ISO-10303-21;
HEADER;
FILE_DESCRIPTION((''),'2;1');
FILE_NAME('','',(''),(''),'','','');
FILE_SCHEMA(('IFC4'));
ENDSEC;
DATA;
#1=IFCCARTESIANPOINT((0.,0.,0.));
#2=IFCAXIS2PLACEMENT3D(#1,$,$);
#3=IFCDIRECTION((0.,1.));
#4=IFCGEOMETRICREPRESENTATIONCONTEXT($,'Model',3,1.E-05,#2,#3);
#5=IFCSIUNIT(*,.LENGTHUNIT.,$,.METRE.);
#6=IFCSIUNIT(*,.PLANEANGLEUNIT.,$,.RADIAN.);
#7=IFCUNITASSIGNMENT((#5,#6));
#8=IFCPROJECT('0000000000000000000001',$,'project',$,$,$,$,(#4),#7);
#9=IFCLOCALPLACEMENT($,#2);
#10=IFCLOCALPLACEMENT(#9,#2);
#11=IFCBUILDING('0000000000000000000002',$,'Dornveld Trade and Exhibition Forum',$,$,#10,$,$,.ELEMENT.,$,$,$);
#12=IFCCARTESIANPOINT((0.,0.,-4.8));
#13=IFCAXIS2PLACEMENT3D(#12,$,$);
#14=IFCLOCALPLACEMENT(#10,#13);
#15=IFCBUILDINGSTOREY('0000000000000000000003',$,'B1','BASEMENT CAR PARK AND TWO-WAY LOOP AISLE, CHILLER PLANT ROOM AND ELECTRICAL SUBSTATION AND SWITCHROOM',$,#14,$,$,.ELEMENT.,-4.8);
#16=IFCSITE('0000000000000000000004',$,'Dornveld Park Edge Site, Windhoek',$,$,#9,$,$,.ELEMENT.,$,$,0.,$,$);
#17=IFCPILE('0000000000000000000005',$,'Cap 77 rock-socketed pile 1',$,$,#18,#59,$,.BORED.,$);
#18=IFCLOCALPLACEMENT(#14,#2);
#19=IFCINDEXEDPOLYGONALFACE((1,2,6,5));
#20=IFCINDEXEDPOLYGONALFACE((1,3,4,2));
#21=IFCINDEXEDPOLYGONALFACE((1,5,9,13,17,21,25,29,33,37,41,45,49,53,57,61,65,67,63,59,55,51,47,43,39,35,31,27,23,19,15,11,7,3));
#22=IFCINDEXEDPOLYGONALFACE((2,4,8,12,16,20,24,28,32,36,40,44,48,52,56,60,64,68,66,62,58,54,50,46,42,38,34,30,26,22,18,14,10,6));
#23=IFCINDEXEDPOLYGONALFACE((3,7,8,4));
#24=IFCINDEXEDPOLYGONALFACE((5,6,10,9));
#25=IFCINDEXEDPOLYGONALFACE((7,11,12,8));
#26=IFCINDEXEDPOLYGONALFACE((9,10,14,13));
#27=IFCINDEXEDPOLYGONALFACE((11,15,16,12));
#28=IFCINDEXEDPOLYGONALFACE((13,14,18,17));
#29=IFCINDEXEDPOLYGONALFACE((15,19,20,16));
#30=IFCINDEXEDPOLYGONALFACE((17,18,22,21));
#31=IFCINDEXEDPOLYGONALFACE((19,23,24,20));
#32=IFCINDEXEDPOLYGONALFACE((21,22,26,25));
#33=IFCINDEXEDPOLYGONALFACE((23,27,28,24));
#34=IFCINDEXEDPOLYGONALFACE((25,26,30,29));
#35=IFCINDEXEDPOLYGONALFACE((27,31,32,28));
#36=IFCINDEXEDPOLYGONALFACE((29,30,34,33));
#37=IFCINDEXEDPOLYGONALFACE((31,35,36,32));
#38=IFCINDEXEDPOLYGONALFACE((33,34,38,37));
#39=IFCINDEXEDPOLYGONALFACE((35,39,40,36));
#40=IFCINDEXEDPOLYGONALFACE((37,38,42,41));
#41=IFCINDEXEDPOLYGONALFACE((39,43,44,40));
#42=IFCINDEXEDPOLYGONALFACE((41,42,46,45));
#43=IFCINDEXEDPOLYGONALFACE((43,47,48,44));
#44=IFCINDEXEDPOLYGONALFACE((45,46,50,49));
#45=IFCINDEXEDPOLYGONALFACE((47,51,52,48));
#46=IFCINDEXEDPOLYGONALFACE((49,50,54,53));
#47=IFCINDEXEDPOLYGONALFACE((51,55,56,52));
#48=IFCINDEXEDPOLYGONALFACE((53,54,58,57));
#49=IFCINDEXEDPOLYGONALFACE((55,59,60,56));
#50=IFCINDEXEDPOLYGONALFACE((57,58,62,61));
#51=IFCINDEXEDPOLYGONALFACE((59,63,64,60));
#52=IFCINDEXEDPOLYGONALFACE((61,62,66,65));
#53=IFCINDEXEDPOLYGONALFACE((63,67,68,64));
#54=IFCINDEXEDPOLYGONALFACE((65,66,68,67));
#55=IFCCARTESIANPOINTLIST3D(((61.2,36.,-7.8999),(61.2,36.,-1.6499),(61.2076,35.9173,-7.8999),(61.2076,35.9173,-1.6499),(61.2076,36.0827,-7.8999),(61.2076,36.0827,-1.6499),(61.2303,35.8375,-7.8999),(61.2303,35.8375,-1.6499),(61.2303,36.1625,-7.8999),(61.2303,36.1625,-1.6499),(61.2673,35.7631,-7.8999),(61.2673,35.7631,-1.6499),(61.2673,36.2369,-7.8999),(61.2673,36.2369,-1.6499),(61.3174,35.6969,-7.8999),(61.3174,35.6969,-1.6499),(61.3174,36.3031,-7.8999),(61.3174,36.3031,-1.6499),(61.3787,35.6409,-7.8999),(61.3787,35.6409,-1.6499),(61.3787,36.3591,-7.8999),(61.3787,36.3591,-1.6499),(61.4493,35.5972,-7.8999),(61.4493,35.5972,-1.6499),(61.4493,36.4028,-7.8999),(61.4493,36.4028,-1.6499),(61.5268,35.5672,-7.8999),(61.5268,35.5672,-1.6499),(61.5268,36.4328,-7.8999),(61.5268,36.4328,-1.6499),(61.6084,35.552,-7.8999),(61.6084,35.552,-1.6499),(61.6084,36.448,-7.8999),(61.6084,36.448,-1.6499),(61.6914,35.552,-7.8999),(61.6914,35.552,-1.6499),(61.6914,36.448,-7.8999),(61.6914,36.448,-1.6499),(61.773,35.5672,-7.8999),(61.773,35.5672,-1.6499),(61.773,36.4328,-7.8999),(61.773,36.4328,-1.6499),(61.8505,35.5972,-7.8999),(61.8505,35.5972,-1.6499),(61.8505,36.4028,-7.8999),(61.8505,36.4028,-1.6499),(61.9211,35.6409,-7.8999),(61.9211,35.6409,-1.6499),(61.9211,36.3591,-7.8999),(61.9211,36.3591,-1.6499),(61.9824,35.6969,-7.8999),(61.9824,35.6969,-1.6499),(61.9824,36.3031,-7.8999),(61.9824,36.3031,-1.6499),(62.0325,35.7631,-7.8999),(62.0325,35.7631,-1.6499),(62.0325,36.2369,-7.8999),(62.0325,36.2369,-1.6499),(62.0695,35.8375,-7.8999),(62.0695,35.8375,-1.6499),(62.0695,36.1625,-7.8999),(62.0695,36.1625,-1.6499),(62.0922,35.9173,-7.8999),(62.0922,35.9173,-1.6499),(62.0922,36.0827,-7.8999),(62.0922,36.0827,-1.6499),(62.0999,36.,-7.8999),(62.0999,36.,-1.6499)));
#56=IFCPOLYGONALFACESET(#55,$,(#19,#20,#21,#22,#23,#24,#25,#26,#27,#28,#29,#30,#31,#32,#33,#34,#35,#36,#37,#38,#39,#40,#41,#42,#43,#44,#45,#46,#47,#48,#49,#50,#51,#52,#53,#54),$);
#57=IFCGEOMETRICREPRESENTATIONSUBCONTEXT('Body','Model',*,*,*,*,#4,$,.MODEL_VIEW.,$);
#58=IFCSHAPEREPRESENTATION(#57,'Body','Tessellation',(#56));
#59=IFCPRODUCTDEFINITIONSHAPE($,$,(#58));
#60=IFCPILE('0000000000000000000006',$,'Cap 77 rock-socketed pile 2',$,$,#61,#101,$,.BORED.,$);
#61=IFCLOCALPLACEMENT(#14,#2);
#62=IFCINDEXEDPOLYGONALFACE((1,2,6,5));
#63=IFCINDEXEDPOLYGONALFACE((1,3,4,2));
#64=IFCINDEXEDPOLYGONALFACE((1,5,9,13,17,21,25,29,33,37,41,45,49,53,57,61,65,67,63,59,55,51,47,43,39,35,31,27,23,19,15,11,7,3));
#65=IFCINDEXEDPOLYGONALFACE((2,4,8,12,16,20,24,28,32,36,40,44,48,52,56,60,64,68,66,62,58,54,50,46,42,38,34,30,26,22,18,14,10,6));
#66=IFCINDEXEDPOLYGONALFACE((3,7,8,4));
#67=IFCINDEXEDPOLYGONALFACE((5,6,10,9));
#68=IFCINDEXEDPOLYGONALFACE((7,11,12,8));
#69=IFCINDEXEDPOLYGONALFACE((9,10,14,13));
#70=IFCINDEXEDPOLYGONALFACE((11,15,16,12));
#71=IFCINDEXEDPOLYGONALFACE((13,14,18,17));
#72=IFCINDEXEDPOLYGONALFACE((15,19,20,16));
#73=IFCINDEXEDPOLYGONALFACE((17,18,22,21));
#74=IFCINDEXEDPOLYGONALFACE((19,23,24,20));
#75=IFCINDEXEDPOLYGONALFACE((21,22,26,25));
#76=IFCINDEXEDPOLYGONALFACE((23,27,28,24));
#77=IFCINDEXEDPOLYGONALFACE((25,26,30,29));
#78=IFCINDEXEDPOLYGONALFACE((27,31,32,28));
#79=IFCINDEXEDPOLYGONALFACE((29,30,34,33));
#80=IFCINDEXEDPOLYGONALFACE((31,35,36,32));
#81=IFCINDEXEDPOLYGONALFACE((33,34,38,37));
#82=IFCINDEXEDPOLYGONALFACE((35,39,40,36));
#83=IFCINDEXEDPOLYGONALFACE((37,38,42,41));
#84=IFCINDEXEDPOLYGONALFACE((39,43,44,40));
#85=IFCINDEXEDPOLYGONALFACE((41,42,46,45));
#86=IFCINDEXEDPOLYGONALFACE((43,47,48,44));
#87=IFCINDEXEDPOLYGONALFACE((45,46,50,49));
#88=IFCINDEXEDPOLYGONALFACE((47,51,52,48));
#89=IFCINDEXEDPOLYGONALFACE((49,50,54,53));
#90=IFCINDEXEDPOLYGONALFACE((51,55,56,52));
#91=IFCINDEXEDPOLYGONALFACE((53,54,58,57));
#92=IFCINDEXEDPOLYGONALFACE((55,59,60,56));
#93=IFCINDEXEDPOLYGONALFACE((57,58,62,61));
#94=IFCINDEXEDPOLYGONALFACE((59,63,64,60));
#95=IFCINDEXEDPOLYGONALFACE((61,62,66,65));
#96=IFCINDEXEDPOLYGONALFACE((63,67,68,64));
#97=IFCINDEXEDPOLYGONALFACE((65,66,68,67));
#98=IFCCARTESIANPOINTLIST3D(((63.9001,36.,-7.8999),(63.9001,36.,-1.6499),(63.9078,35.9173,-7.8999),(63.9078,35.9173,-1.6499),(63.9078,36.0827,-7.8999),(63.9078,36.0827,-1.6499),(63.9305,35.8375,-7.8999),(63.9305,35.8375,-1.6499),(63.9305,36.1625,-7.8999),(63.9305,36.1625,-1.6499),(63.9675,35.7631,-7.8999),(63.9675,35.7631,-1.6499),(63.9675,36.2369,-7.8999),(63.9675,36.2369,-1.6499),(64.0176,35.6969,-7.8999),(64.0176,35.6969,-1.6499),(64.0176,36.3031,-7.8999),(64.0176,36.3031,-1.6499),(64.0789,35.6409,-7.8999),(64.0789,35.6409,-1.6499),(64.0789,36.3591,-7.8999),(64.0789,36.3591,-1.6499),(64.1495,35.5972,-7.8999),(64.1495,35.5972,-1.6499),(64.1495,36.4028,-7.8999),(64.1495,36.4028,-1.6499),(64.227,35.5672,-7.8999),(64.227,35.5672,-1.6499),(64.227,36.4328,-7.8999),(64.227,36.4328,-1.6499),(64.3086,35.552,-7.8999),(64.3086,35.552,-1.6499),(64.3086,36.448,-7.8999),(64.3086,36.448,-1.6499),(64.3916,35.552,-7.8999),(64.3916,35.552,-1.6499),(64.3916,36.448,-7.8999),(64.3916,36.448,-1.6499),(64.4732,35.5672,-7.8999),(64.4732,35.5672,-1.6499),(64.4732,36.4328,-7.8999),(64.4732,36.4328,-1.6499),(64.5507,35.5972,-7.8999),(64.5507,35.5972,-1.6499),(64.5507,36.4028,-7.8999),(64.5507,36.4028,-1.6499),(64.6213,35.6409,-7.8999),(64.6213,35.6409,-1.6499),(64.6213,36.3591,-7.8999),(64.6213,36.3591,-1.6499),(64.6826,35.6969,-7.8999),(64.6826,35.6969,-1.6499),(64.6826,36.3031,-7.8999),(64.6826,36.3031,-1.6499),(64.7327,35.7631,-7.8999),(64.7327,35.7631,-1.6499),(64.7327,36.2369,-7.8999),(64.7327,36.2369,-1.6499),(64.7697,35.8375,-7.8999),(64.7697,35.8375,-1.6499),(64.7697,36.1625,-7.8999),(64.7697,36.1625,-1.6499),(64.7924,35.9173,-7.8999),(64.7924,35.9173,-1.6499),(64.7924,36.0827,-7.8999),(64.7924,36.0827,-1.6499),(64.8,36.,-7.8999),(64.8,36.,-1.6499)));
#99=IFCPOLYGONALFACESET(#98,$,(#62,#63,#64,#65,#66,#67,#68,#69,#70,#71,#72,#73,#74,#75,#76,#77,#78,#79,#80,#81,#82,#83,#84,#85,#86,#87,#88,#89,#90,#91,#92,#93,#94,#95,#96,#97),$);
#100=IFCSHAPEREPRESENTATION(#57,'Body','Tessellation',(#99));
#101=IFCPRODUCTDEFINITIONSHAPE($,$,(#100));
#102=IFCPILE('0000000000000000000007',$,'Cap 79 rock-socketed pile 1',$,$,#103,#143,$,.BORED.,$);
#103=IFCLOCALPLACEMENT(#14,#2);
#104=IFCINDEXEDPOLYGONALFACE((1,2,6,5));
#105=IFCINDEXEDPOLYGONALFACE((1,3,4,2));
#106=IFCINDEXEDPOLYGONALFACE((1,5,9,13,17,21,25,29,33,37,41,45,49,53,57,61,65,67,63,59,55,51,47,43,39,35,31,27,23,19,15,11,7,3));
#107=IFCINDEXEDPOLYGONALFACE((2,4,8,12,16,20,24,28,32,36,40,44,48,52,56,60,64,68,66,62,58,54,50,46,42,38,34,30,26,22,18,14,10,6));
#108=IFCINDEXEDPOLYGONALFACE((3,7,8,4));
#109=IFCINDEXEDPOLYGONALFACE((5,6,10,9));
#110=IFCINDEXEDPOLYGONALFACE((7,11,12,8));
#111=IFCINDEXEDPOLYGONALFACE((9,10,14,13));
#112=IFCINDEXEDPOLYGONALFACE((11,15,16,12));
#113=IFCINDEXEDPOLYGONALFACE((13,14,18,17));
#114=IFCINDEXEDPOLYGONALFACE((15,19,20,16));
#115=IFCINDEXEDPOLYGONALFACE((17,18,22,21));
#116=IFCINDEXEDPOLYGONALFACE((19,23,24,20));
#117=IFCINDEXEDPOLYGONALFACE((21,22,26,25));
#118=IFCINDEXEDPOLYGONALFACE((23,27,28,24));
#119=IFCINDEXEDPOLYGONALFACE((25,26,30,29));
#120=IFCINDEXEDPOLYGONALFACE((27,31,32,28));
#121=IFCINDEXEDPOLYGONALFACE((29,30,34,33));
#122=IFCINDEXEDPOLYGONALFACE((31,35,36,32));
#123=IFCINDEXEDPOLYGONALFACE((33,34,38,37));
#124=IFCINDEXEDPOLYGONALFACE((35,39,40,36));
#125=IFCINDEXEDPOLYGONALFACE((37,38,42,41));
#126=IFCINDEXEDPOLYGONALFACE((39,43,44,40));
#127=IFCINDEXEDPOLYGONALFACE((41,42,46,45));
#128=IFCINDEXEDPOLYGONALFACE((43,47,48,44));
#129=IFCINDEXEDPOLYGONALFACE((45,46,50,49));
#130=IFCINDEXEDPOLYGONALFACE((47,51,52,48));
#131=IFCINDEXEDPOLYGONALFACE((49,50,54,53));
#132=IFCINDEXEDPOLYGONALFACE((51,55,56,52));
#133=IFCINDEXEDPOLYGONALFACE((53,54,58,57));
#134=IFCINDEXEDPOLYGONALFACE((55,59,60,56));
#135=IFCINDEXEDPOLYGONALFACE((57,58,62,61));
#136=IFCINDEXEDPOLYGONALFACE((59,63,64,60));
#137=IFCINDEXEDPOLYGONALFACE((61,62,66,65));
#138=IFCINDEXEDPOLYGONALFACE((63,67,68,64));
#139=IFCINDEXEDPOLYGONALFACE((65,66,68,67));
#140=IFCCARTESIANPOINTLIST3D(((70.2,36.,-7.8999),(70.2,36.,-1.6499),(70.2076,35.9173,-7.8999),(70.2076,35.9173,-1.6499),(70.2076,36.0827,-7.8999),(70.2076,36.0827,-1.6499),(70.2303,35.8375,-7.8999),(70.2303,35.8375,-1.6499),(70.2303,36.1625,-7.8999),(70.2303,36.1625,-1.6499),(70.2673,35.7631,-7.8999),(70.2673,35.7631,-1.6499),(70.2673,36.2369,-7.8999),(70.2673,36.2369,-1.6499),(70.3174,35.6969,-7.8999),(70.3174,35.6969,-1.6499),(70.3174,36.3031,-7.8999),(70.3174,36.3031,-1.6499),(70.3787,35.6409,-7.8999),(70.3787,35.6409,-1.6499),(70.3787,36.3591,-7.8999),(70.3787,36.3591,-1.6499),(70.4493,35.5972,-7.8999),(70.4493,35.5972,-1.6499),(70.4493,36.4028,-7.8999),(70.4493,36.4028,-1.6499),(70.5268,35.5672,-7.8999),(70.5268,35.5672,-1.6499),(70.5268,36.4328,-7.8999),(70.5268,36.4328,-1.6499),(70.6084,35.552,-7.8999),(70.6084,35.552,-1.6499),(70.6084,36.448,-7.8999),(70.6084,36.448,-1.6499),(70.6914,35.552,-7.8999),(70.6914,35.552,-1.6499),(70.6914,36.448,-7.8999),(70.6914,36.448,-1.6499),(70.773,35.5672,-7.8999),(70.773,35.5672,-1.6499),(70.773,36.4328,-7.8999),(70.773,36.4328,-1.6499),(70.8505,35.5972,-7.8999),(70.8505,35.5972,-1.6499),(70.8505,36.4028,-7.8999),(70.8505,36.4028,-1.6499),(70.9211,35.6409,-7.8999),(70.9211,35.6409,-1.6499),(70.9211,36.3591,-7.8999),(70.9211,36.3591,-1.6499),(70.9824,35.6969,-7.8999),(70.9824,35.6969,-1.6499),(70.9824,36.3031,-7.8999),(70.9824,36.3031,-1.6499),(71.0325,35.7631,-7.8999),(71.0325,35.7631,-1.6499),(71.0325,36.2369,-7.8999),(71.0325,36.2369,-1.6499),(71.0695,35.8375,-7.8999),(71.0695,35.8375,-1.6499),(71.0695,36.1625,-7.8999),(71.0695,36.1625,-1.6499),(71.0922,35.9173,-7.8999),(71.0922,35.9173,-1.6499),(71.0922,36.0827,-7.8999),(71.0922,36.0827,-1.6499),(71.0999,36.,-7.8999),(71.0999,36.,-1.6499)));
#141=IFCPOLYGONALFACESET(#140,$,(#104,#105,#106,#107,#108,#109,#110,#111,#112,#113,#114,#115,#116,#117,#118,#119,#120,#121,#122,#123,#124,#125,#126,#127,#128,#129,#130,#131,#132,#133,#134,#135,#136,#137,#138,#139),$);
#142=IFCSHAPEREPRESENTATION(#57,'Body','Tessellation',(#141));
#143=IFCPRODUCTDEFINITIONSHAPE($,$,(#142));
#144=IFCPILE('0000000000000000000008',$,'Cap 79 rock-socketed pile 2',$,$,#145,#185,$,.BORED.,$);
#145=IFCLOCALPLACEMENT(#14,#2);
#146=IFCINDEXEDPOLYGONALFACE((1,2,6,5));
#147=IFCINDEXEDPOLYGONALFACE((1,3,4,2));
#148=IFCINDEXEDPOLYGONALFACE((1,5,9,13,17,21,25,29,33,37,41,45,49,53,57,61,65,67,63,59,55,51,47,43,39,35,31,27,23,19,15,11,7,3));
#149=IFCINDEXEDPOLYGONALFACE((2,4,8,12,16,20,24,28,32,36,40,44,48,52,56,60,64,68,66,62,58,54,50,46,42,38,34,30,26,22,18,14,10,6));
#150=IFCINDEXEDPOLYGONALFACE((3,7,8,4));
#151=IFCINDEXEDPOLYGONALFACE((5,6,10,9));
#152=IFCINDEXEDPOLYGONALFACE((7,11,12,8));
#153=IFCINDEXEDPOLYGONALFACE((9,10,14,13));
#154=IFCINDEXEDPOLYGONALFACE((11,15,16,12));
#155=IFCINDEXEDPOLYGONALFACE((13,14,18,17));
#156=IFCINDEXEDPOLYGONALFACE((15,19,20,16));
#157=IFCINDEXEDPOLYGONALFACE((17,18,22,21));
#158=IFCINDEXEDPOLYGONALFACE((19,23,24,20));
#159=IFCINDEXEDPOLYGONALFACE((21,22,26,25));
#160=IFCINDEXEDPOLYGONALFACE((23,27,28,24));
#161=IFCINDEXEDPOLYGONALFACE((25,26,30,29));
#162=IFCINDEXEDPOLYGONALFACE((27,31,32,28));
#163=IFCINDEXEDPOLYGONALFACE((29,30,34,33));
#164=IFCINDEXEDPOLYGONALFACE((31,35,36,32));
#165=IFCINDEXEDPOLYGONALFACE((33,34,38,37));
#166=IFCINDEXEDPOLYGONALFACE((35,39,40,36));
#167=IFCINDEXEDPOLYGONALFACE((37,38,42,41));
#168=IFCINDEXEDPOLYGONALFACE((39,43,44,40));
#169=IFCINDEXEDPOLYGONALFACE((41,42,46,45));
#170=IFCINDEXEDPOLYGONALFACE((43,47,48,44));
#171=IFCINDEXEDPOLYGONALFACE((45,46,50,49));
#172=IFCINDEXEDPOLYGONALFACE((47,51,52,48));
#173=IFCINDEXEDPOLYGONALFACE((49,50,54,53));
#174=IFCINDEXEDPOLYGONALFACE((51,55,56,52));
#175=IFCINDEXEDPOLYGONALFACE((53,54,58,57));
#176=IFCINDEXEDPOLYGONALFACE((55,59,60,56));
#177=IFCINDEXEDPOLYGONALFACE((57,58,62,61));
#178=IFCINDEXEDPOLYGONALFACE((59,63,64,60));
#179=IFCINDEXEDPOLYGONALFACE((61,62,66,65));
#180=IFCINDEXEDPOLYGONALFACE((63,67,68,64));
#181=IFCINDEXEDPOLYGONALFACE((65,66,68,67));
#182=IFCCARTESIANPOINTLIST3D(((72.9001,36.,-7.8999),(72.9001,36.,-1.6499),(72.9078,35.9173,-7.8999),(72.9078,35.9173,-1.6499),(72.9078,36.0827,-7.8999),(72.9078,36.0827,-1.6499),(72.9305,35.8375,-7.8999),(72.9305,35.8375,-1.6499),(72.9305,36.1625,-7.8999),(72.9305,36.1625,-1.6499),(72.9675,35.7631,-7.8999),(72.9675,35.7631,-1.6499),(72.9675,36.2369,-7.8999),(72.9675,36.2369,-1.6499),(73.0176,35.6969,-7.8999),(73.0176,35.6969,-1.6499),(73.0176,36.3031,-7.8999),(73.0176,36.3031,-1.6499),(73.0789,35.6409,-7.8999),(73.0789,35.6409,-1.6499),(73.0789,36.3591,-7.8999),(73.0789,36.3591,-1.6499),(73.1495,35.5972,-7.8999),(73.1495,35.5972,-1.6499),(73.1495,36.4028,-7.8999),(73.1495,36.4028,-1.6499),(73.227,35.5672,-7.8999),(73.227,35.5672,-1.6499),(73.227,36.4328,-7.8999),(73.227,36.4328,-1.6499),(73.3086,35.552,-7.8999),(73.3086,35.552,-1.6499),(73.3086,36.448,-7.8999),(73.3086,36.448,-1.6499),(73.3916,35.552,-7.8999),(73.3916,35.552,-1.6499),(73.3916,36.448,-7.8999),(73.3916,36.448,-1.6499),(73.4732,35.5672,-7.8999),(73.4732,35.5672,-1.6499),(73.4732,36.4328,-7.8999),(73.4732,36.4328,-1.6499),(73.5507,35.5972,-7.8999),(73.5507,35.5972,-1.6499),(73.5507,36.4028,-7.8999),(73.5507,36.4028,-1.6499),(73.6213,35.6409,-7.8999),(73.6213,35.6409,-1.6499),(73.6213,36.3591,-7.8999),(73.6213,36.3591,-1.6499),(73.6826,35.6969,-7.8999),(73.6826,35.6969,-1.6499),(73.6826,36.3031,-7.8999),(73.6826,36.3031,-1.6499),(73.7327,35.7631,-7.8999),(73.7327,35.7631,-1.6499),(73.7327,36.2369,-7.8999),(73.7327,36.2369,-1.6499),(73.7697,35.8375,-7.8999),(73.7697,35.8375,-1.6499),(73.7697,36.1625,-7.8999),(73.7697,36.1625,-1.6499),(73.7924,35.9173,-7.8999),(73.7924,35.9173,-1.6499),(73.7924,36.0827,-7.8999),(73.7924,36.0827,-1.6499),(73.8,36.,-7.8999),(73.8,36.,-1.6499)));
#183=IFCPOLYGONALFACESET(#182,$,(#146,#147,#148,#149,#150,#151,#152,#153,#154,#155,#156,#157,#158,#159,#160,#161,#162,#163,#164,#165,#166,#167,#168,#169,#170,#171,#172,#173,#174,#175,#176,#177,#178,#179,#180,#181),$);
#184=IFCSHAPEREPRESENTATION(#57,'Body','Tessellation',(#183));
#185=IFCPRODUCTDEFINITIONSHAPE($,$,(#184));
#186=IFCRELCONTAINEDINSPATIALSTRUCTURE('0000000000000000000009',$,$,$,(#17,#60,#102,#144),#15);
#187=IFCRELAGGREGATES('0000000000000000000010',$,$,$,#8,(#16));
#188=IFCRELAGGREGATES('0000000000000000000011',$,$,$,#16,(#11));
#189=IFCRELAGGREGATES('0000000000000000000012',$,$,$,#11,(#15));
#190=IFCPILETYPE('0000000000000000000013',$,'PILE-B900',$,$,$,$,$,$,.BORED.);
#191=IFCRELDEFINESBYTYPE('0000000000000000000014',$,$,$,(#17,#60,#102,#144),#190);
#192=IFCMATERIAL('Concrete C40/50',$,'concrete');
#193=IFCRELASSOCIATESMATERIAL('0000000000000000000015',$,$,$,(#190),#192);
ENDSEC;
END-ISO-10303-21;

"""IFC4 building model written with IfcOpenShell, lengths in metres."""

from ifc_helpers import new_model, si_unit, direction, frame, origin, origin_2d, place, context, subcontext, project, spatial, circle, extrude, material, material_profile, profile_set, type_object, element, save


model = new_model("IFC4")

# Units and contexts
model_context = context("Model", 3, precision=1e-05, world=origin(), true_north=direction((0.0, 1.0)))
body_context = subcontext(model_context, "Body", "Model", "MODEL_VIEW")
ifc_project = project(units=[si_unit("LENGTHUNIT", "METRE"), si_unit("PLANEANGLEUNIT", "RADIAN")], contexts=[model_context])

# Site, building, storey
site_placement = place(None, origin())
site = spatial("IfcSite", under=ifc_project, at=site_placement, Name="Dornveld Park Edge Site, Windhoek", CompositionType="ELEMENT", RefElevation=0.0)
building_placement = place(site_placement, origin())
building = spatial("IfcBuilding", under=site, at=building_placement, Name="Dornveld Trade and Exhibition Forum", CompositionType="ELEMENT")
storey_placement = place(building_placement, frame((0.0, 0.0, -4.8)))
storey = spatial("IfcBuildingStorey", under=building, at=storey_placement, Name="B1", Description="BASEMENT CAR PARK AND TWO-WAY LOOP AISLE, CHILLER PLANT ROOM AND ELECTRICAL SUBSTATION AND SWITCHROOM", CompositionType="ELEMENT", Elevation=-4.8)

# Piles
ifc_material_1 = material(Name="Concrete C40/50", Category="concrete")
ifc_material_profile_1 = material_profile(ifc_material_1, circle(Radius=0.45, at=origin_2d()), Name="PILE D900")
ifc_profile_set_1 = profile_set([ifc_material_profile_1], Name="Concrete C40/50")
pile_type = type_object("IfcPileType", Name="PILE-B900", PredefinedType="BORED", material=ifc_profile_set_1)
for number, where, z_axis, x_axis, name in (
    (1, (61.6499, 36.0, -1.6499), (0.0, 0.0, -1.0), (1.0, 0.0, 0.0), "Cap 77 rock-socketed pile 1"),
    (2, (64.3501, 36.0, -1.6499), (0.0, 0.0, -1.0), (1.0, 0.0, 0.0), "Cap 77 rock-socketed pile 2"),
    (3, (70.6499, 36.0, -1.6499), (0.0, 0.0, -1.0), (1.0, 0.0, 0.0), "Cap 79 rock-socketed pile 1"),
    (4, (73.3501, 36.0, -1.6499), (0.0, 0.0, -1.0), (1.0, 0.0, 0.0), "Cap 79 rock-socketed pile 2"),
):
    element("IfcPile", number, at=place(storey_placement, frame(where, z_axis=z_axis, x_axis=x_axis)), inside=storey, type_object=pile_type, Name=name, PredefinedType="BORED", context=body_context, shape_type="SweptSolid", body=[
        extrude(circle(Radius=0.45, at=origin_2d()), origin(), (0.0, 0.0, 1.0), 6.25),
    ])

save(model, "model.ifc")
